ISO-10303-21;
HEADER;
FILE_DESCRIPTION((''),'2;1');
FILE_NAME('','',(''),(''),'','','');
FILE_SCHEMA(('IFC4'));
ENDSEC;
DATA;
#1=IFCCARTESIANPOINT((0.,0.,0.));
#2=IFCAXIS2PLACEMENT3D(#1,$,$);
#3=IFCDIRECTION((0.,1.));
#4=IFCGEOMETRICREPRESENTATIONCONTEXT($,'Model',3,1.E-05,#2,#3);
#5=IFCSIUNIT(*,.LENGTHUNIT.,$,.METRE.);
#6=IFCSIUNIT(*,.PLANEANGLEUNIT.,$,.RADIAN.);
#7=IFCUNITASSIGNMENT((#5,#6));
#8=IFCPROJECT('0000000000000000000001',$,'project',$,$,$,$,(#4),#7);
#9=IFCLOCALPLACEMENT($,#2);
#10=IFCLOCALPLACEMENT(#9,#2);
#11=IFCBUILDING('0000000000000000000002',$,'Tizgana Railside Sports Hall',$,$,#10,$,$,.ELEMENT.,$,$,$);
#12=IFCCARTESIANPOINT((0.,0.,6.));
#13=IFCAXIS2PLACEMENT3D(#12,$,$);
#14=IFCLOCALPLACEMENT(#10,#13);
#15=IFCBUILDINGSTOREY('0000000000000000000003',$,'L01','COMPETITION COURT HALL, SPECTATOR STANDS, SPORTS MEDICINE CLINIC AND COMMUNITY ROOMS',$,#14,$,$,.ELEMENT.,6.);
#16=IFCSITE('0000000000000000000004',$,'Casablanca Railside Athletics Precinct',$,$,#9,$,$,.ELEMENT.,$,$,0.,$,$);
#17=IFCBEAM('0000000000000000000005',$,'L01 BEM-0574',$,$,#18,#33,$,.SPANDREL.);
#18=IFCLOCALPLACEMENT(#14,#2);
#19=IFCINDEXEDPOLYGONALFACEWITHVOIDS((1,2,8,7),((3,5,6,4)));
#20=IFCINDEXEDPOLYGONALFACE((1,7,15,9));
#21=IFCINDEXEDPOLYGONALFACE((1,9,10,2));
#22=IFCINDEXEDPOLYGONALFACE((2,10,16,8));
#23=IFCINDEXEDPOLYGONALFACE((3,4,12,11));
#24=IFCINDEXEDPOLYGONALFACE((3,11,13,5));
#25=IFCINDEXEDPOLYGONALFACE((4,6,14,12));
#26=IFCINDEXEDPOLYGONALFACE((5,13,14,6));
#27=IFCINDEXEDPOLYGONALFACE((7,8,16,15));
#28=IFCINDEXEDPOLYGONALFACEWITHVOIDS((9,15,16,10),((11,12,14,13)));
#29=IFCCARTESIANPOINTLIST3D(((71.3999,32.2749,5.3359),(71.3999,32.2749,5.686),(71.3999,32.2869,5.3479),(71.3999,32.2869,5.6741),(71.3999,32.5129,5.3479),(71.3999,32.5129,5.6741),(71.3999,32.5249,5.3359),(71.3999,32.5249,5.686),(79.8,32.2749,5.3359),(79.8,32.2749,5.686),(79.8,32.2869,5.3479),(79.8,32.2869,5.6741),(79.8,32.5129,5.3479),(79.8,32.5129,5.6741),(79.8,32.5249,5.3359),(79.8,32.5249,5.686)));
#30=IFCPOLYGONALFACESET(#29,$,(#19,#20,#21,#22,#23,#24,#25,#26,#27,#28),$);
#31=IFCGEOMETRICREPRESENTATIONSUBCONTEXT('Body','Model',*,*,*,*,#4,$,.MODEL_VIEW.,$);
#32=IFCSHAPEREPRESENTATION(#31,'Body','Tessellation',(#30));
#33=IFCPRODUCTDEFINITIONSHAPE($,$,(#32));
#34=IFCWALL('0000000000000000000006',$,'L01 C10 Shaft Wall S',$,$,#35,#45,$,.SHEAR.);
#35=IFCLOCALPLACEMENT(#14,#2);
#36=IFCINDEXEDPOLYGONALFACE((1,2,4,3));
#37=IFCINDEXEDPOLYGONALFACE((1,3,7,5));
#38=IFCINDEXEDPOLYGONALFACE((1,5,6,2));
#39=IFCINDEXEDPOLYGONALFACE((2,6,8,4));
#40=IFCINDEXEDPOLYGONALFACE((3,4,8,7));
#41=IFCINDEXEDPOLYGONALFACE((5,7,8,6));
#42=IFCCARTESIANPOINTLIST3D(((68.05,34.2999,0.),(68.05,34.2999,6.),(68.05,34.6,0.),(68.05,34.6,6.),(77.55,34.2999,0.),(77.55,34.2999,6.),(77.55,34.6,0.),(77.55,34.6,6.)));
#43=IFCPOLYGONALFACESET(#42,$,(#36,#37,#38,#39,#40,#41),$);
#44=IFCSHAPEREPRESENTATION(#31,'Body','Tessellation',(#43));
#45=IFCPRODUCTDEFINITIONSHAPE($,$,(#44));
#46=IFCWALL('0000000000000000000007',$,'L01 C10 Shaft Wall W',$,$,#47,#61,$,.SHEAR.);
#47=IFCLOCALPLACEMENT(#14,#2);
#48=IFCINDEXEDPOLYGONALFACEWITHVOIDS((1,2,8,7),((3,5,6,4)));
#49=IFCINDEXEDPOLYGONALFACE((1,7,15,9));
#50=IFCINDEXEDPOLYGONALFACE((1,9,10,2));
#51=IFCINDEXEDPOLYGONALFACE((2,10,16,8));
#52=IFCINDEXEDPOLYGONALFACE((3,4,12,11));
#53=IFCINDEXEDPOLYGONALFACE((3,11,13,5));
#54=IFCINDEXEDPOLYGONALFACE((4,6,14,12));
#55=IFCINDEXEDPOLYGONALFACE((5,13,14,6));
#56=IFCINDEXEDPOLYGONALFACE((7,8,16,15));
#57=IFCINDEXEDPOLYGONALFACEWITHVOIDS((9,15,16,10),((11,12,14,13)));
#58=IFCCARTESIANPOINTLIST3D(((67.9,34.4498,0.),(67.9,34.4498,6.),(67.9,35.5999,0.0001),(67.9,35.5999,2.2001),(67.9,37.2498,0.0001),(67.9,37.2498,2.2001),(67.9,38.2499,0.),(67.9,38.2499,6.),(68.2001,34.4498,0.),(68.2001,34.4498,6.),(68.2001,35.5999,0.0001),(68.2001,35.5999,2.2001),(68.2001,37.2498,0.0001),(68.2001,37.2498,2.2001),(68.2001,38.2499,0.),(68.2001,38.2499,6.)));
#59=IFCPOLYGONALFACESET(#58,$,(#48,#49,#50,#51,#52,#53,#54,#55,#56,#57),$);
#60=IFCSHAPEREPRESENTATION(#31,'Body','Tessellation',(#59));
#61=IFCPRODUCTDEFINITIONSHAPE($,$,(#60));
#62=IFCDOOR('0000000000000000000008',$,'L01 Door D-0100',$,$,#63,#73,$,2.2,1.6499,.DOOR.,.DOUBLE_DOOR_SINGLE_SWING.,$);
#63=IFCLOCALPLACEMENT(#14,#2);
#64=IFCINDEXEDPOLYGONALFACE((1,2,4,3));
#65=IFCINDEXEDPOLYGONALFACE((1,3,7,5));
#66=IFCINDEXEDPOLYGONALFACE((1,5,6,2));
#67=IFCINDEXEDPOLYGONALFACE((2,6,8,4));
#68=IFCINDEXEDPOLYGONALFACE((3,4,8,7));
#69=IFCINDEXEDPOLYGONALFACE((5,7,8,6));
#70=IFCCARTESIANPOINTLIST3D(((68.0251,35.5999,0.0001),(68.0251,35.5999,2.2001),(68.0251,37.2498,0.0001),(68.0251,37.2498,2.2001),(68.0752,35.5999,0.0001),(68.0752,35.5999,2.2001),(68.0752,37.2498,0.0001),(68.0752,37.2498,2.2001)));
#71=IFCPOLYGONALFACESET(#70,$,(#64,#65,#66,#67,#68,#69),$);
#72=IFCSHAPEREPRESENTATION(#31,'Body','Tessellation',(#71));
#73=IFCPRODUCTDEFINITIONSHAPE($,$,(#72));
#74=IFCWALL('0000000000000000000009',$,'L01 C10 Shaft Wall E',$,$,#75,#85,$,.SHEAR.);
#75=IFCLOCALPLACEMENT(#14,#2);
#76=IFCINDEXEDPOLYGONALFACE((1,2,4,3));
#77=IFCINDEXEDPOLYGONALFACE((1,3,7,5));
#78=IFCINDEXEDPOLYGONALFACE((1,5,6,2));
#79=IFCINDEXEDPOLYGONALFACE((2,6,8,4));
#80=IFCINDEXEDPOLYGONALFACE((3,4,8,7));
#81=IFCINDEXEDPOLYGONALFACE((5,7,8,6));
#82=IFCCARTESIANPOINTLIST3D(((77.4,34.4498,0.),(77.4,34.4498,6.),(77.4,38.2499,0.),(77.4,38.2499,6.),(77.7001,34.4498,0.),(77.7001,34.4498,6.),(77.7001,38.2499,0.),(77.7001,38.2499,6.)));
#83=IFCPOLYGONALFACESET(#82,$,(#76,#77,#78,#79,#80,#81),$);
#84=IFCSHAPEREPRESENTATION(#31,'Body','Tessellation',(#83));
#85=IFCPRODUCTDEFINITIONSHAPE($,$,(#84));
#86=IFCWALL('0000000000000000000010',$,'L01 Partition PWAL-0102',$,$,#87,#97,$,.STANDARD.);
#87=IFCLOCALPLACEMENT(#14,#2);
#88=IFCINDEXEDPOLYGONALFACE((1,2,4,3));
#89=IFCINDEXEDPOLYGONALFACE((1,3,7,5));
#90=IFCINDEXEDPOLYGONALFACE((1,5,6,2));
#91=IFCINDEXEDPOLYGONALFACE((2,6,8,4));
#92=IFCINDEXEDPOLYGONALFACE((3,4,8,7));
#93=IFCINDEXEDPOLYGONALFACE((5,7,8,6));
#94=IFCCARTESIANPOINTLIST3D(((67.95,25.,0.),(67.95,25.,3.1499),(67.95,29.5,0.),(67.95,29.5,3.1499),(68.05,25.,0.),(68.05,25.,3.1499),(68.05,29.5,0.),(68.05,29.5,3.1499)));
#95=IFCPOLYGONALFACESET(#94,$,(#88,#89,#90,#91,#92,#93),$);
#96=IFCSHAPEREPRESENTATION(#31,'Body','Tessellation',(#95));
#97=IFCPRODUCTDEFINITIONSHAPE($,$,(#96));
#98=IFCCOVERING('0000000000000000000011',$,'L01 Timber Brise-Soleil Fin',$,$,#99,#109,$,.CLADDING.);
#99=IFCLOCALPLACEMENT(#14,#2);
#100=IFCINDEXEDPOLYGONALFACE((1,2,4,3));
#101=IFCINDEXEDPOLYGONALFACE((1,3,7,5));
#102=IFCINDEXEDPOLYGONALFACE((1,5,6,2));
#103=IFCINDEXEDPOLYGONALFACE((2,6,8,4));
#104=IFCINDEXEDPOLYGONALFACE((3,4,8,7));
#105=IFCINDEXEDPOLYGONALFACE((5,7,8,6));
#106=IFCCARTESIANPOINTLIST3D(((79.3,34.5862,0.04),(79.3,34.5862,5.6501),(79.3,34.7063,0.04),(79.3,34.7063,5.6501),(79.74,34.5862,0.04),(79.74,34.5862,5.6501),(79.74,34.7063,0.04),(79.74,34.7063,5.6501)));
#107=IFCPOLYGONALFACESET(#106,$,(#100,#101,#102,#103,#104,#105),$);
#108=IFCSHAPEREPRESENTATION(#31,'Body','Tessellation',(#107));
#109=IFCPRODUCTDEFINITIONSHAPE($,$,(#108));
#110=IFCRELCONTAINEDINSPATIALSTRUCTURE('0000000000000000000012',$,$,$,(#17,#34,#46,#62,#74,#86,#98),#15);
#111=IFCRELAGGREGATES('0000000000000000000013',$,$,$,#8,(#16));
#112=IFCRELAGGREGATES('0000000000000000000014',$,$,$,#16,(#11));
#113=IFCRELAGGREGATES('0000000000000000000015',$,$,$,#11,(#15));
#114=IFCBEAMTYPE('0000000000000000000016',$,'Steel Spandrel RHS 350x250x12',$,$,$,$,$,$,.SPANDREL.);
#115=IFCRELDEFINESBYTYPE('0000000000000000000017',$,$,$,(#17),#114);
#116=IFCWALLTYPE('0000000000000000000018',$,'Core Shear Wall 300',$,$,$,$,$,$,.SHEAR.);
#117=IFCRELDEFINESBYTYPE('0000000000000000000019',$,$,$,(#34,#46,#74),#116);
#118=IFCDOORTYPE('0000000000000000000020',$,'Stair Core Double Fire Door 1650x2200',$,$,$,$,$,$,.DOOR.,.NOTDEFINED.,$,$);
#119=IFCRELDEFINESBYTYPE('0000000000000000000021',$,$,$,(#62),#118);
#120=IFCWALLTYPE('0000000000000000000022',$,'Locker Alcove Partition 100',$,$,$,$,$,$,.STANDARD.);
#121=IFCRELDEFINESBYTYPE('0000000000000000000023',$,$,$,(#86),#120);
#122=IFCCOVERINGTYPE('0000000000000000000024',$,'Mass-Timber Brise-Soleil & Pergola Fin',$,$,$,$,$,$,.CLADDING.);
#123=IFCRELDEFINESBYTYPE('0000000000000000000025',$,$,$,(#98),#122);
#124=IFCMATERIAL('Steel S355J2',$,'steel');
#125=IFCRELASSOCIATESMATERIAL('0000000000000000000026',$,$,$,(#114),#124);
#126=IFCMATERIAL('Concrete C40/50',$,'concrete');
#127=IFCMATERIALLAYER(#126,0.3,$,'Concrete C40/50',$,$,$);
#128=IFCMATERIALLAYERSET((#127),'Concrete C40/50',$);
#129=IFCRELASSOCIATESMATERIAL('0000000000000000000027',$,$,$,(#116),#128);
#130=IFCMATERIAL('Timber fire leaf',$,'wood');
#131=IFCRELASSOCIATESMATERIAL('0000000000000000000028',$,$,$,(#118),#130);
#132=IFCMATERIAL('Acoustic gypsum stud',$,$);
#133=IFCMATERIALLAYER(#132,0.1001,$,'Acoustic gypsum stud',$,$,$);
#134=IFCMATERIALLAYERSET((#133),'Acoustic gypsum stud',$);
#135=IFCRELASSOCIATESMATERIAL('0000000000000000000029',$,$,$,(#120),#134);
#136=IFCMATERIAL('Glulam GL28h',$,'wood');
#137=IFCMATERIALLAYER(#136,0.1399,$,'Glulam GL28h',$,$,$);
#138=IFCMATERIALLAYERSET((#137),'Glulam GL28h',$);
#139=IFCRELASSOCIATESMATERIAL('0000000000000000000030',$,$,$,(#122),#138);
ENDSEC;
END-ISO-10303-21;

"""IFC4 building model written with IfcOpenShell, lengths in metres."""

from ifc_helpers import new_model, si_unit, direction, frame, frame_2d, origin, origin_2d, place, context, subcontext, project, spatial, rectangle, hollow_rectangle, extrude, material, layer, layer_set, material_profile, profile_set, type_object, element, fill, save


model = new_model("IFC4")

# Units and contexts
model_context = context("Model", 3, precision=1e-05, world=origin(), true_north=direction((0.0, 1.0)))
body_context = subcontext(model_context, "Body", "Model", "MODEL_VIEW")
ifc_project = project(units=[si_unit("LENGTHUNIT", "METRE"), si_unit("PLANEANGLEUNIT", "RADIAN")], contexts=[model_context])

# Site, building, storey
site_placement = place(None, origin())
site = spatial("IfcSite", under=ifc_project, at=site_placement, Name="Casablanca Railside Athletics Precinct", CompositionType="ELEMENT", RefElevation=0.0)
building_placement = place(site_placement, origin())
building = spatial("IfcBuilding", under=site, at=building_placement, Name="Tizgana Railside Sports Hall", CompositionType="ELEMENT")
storey_placement = place(building_placement, frame((0.0, 0.0, 6.0)))
storey = spatial("IfcBuildingStorey", under=building, at=storey_placement, Name="L01", Description="COMPETITION COURT HALL, SPECTATOR STANDS, SPORTS MEDICINE CLINIC AND COMMUNITY ROOMS", CompositionType="ELEMENT", Elevation=6.0)

# Shared definitions
ifc_material_1 = material(Name="Steel S355J2", Category="steel")

# Beam
ifc_material_profile_1 = material_profile(ifc_material_1, hollow_rectangle(XDim=0.25, YDim=0.3501, WallThickness=0.012, at=origin_2d()), Name="RHS 350x250x12")
ifc_profile_set_1 = profile_set([ifc_material_profile_1], Name="Steel S355J2")
beam_type_1 = type_object("IfcBeamType", Name="Steel Spandrel RHS 350x250x12", PredefinedType="SPANDREL", material=ifc_profile_set_1)
beam_1_placement = place(storey_placement, frame((71.3999, 32.3999, 5.511), z_axis=(1.0, 0.0, 0.0), x_axis=(0.0, 1.0, 0.0)))
element("IfcBeam", 1, at=beam_1_placement, inside=storey, type_object=beam_type_1, Name="L01 BEM-0574", PredefinedType="SPANDREL", context=body_context, shape_type="SweptSolid", body=[
    extrude(hollow_rectangle(XDim=0.25, YDim=0.3501, WallThickness=0.012, at=origin_2d()), origin(), (0.0, 0.0, 1.0), 8.4001),
])

# Wall
ifc_material_2 = material(Name="Concrete C40/50", Category="concrete")
ifc_layer_1 = layer(ifc_material_2, 0.3, Name="Concrete C40/50")
ifc_layer_set_1 = layer_set([ifc_layer_1], Name="Concrete C40/50")
wall_type_1 = type_object("IfcWallType", Name="Core Shear Wall 300", PredefinedType="SHEAR", material=ifc_layer_set_1)
wall_1_placement = place(storey_placement, frame((77.55, 34.45, 0.0), z_axis=(0.0, 0.0, 1.0), x_axis=(-1.0, 0.0, 0.0)))
element("IfcWall", 2, at=wall_1_placement, inside=storey, type_object=wall_type_1, Name="L01 C10 Shaft Wall S", PredefinedType="SHEAR", context=body_context, shape_type="SweptSolid", body=[
    extrude(rectangle(XDim=9.5, YDim=0.3, at=frame_2d((4.75, 0.0))), origin(), (0.0, 0.0, 1.0), 6.0),
])

# Wall, opening, door
wall_2_placement = place(storey_placement, frame((68.05, 34.45, 0.0), z_axis=(0.0, 0.0, 1.0), x_axis=(0.0, 1.0, 0.0)))
wall_2 = element("IfcWall", 3, at=wall_2_placement, inside=storey, type_object=wall_type_1, Name="L01 C10 Shaft Wall W", PredefinedType="SHEAR", context=body_context, shape_type="SweptSolid", body=[
    extrude(rectangle(XDim=3.8, YDim=0.3, at=frame_2d((1.8999, 0.0))), origin(), (0.0, 0.0, 1.0), 6.0),
])
opening_placement = place(wall_2_placement, frame((1.1499, 0.0, 0.0)))
opening = element("IfcOpeningElement", 4, at=opening_placement, cuts=wall_2, PredefinedType="OPENING", context=body_context, shape_type="SweptSolid", body=[
    extrude(rectangle(XDim=1.6499, YDim=2.2, at=frame_2d((0.825, 1.1001))), frame((0.0, 0.1599, 0.0), z_axis=(0.0, -1.0, 0.0), x_axis=(1.0, 0.0, 0.0)), (0.0, 0.0, 1.0), 0.3201),
])
ifc_material_3 = material(Name="Timber fire leaf", Category="wood")
door_type = type_object("IfcDoorType", Name="Stair Core Double Fire Door 1650x2200", OperationType="NOTDEFINED", PredefinedType="DOOR", material=ifc_material_3)
door_placement = place(opening_placement, origin())
door = element("IfcDoor", 5, at=door_placement, inside=storey, type_object=door_type, Name="L01 Door D-0100", OperationType="DOUBLE_DOOR_SINGLE_SWING", OverallHeight=2.2, OverallWidth=1.6499, PredefinedType="DOOR", context=body_context, shape_type="SweptSolid", body=[
    extrude(rectangle(XDim=1.6499, YDim=2.2, at=frame_2d((0.825, 1.1001))), frame((0.0, 0.0249, 0.0), z_axis=(0.0, -1.0, 0.0), x_axis=(1.0, 0.0, 0.0)), (0.0, 0.0, 1.0), 0.05),
])
fill(opening, door)

# Walls
wall_3_placement = place(storey_placement, frame((77.55, 34.45, 0.0), z_axis=(0.0, 0.0, 1.0), x_axis=(0.0, 1.0, 0.0)))
element("IfcWall", 6, at=wall_3_placement, inside=storey, type_object=wall_type_1, Name="L01 C10 Shaft Wall E", PredefinedType="SHEAR", context=body_context, shape_type="SweptSolid", body=[
    extrude(rectangle(XDim=3.8, YDim=0.3, at=frame_2d((1.8999, 0.0))), origin(), (0.0, 0.0, 1.0), 6.0),
])
ifc_material_4 = material(Name="Acoustic gypsum stud")
ifc_layer_2 = layer(ifc_material_4, 0.1001, Name="Acoustic gypsum stud")
ifc_layer_set_2 = layer_set([ifc_layer_2], Name="Acoustic gypsum stud")
wall_type_2 = type_object("IfcWallType", Name="Locker Alcove Partition 100", PredefinedType="STANDARD", material=ifc_layer_set_2)
wall_4_placement = place(storey_placement, frame((68.0, 25.0, 0.0), z_axis=(0.0, 0.0, 1.0), x_axis=(0.0, 1.0, 0.0)))
element("IfcWall", 7, at=wall_4_placement, inside=storey, type_object=wall_type_2, Name="L01 Partition PWAL-0102", PredefinedType="STANDARD", context=body_context, shape_type="SweptSolid", body=[
    extrude(rectangle(XDim=4.5, YDim=0.1001, at=frame_2d((2.25, 0.0))), origin(), (0.0, 0.0, 1.0), 3.1499),
])

# Covering
ifc_material_5 = material(Name="Glulam GL28h", Category="wood")
ifc_layer_3 = layer(ifc_material_5, 0.1399, Name="Glulam GL28h")
ifc_layer_set_3 = layer_set([ifc_layer_3], Name="Glulam GL28h")
covering_type = type_object("IfcCoveringType", Name="Mass-Timber Brise-Soleil & Pergola Fin", PredefinedType="CLADDING", material=ifc_layer_set_3)
covering_placement = place(storey_placement, frame((79.52, 34.6462, 0.04), z_axis=(0.0, 0.0, 1.0), x_axis=(0.0, 1.0, 0.0)))
element("IfcCovering", 8, at=covering_placement, inside=storey, type_object=covering_type, Name="L01 Timber Brise-Soleil Fin", PredefinedType="CLADDING", context=body_context, shape_type="SweptSolid", body=[
    extrude(rectangle(XDim=0.1201, YDim=0.4399, at=origin_2d()), origin(), (0.0, 0.0, 1.0), 5.6101),
])

save(model, "model.ifc")
